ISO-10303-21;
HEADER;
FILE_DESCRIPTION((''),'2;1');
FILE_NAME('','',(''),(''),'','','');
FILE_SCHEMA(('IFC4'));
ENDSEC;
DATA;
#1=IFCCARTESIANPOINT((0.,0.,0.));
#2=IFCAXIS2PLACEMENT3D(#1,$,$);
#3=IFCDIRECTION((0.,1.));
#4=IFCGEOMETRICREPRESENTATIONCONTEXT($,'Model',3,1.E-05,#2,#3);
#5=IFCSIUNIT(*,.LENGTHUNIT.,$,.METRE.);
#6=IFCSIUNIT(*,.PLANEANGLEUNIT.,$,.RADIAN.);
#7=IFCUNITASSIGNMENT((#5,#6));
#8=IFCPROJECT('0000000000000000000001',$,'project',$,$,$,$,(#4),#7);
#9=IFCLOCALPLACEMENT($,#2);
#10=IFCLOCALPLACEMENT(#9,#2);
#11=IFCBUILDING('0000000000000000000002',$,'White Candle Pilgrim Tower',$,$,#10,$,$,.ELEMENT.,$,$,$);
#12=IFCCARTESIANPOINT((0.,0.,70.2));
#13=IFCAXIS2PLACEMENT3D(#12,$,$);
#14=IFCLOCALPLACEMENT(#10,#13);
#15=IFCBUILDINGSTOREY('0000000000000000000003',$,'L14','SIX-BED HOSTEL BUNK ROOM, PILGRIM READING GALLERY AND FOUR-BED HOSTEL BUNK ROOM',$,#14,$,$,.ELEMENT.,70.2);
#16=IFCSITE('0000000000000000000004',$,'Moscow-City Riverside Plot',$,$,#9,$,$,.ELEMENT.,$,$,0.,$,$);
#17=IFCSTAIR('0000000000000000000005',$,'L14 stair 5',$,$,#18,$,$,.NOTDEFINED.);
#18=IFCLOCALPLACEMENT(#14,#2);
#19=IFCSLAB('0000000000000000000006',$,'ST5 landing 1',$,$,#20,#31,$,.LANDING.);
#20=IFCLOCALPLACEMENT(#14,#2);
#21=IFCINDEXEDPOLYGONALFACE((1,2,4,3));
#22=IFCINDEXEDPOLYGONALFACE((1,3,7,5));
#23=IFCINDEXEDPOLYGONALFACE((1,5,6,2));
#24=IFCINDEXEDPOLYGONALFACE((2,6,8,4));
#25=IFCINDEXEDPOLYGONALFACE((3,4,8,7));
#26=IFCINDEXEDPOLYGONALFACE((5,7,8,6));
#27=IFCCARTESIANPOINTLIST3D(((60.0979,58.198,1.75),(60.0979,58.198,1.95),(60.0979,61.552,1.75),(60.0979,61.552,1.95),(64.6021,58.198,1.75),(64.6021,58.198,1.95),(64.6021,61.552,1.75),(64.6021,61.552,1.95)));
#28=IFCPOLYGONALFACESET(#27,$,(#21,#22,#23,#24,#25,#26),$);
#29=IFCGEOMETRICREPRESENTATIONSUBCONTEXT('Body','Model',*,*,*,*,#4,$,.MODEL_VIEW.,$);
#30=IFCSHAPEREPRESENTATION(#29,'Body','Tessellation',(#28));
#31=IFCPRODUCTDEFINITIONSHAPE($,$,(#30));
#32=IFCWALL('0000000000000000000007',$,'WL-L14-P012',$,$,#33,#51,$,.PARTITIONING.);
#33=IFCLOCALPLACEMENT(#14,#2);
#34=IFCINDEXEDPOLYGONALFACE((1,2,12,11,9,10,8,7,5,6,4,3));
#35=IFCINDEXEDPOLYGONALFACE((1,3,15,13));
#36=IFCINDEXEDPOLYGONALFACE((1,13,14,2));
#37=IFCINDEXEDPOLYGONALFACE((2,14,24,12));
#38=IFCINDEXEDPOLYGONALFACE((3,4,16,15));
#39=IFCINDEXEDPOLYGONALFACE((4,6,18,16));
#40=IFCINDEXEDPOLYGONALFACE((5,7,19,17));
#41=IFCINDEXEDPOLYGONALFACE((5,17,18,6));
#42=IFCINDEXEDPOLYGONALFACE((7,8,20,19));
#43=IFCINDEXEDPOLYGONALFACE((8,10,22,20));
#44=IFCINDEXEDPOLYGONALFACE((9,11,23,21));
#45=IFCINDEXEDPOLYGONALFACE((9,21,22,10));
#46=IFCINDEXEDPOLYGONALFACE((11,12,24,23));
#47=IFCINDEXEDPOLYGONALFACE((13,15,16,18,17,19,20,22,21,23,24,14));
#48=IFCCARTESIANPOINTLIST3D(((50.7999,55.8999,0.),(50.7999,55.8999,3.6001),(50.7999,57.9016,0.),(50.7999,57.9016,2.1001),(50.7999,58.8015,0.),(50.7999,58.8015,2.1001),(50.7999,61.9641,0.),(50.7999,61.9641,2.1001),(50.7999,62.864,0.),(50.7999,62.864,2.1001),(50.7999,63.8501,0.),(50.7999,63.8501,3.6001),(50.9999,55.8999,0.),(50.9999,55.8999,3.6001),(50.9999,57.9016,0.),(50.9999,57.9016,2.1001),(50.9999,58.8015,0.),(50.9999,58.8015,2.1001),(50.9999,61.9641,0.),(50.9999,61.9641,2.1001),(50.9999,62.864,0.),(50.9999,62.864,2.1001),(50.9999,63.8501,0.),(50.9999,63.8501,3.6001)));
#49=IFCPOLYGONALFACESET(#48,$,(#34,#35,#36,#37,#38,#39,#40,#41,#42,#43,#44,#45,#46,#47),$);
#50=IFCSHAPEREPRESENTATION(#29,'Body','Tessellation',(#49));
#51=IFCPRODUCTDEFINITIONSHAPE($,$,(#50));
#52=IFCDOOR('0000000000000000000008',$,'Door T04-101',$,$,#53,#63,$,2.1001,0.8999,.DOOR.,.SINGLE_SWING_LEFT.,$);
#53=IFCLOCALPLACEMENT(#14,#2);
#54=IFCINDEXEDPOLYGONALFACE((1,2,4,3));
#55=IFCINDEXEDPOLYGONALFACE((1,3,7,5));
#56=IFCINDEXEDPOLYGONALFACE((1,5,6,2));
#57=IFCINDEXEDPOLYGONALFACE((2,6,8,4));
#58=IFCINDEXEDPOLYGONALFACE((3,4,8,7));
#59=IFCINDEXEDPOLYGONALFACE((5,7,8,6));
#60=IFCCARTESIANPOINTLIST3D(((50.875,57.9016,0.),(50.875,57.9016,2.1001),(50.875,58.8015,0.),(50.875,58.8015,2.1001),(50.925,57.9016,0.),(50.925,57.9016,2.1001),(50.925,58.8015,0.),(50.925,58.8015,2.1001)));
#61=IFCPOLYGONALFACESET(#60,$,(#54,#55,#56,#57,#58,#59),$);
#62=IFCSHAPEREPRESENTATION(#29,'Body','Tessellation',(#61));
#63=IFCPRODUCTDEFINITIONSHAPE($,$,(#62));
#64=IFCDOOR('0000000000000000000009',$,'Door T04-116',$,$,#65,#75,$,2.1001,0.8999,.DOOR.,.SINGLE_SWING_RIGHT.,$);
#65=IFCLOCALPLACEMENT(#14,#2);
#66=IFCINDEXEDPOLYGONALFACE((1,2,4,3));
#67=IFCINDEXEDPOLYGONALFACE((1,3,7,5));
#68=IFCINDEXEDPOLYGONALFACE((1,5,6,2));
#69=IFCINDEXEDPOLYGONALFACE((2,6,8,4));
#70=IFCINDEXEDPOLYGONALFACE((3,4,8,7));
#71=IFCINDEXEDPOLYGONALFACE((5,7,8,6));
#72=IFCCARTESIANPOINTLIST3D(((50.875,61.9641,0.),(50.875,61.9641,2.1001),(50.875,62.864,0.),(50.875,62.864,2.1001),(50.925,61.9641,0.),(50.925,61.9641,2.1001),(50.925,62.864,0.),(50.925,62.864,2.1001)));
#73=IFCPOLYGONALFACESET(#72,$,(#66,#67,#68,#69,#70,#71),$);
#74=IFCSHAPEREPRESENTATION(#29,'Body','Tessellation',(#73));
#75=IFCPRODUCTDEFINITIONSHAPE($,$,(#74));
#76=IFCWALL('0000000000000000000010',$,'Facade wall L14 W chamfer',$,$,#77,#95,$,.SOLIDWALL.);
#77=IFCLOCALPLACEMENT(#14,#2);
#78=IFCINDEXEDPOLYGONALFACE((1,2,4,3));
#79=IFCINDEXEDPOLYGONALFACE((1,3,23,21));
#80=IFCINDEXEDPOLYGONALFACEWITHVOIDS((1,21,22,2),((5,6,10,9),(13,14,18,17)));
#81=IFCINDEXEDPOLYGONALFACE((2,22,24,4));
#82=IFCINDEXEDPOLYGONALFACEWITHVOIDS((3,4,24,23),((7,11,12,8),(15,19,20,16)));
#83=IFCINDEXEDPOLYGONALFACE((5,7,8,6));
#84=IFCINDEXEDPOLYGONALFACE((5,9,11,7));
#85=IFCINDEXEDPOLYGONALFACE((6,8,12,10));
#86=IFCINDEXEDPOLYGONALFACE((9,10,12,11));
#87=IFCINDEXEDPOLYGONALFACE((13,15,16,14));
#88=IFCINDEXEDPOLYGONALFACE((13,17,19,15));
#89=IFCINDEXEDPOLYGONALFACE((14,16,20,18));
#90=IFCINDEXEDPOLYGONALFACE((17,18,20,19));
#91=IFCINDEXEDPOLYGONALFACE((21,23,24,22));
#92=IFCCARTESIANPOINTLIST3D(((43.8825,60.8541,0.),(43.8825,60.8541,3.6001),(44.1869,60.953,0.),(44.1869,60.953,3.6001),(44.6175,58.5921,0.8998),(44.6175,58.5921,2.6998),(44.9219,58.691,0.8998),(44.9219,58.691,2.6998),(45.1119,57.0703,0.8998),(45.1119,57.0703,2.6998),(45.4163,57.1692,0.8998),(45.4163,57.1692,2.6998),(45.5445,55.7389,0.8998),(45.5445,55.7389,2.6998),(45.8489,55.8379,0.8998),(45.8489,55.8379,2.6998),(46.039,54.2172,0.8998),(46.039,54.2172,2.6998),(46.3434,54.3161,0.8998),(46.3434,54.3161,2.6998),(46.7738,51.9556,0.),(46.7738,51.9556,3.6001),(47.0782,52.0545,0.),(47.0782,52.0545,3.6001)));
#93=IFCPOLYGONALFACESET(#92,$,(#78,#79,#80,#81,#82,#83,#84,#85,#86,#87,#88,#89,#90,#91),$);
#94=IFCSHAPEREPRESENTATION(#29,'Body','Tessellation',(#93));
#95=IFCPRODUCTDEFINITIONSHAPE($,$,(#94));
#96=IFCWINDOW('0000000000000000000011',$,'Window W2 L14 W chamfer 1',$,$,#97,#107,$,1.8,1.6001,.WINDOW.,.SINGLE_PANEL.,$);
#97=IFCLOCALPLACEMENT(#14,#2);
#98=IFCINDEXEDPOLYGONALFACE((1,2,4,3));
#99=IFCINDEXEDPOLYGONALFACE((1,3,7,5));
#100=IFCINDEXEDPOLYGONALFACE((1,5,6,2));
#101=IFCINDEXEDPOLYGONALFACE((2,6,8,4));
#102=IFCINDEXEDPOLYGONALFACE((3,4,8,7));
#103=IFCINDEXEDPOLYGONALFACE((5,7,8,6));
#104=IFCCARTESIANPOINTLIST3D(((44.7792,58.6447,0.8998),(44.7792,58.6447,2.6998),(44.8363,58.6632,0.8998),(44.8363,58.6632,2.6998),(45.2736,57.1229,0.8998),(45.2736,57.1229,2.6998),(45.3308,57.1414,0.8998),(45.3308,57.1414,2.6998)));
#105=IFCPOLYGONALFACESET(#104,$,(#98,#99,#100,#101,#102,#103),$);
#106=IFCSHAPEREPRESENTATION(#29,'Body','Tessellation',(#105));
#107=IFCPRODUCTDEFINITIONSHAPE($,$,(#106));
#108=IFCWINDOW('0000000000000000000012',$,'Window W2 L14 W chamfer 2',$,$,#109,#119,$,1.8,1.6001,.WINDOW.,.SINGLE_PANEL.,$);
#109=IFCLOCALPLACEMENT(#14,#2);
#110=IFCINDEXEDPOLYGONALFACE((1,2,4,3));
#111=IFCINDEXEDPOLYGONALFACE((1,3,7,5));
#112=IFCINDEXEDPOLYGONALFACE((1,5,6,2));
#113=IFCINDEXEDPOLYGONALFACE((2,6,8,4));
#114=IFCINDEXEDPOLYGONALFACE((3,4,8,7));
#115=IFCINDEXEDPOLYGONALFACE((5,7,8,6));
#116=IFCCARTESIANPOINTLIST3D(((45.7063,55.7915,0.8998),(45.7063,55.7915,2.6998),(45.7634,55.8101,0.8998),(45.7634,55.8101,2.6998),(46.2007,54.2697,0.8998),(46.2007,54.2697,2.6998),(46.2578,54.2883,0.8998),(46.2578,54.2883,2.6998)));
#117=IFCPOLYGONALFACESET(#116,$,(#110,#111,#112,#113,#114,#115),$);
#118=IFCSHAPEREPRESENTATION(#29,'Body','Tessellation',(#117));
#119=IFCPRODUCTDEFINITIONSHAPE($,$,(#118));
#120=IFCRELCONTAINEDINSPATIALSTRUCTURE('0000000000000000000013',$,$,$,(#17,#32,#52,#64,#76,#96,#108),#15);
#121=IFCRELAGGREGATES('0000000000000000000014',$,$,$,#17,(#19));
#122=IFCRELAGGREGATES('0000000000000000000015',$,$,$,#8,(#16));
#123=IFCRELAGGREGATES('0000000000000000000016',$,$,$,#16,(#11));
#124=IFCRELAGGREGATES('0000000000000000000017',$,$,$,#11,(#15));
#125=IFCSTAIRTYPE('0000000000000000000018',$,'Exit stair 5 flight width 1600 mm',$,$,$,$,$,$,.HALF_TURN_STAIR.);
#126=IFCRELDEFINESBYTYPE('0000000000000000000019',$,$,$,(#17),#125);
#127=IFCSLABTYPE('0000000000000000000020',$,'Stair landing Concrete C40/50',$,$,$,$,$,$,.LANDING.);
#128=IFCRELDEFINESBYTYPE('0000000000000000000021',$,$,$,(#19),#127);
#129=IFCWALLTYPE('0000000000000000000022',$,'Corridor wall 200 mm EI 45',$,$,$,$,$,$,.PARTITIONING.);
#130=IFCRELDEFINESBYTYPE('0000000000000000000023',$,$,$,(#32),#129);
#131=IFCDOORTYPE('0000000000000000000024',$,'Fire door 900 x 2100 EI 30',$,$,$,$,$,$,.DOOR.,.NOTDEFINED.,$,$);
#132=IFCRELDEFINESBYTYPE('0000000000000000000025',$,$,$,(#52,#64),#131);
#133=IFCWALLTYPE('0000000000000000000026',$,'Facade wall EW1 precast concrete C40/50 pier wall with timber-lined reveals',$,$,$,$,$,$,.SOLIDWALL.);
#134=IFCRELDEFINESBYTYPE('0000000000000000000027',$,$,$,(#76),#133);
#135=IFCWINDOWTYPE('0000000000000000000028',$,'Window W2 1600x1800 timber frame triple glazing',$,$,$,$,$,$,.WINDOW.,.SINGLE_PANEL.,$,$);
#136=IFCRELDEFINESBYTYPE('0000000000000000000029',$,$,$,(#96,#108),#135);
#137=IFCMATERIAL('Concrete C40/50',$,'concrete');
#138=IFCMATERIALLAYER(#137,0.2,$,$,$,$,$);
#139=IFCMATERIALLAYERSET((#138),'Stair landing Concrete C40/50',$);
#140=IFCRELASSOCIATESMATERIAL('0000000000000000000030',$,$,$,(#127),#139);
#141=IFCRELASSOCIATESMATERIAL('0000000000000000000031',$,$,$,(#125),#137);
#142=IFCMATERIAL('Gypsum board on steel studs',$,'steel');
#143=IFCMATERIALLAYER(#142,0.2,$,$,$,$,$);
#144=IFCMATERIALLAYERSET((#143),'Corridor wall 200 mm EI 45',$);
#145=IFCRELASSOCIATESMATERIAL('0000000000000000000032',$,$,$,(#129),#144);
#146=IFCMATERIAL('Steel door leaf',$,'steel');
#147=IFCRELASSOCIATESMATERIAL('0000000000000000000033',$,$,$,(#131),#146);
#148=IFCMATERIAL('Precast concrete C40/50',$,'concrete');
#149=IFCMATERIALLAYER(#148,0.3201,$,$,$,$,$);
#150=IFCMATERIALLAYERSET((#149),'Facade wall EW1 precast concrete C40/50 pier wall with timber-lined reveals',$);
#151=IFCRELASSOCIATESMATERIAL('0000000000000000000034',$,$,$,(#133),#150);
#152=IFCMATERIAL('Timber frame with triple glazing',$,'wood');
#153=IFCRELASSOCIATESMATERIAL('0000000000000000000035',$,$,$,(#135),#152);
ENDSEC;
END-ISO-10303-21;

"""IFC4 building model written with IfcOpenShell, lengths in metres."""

from ifc_helpers import new_model, si_unit, direction, frame, frame_2d, origin, place, context, subcontext, project, spatial, polyline, rectangle, outline, extrude, material, layer, layer_set, type_object, element, fill, aggregate, save


model = new_model("IFC4")

# Units and contexts
model_context = context("Model", 3, precision=1e-05, world=origin(), true_north=direction((0.0, 1.0)))
body_context = subcontext(model_context, "Body", "Model", "MODEL_VIEW")
ifc_project = project(units=[si_unit("LENGTHUNIT", "METRE"), si_unit("PLANEANGLEUNIT", "RADIAN")], contexts=[model_context])

# Site, building, storey
site_placement = place(None, origin())
site = spatial("IfcSite", under=ifc_project, at=site_placement, Name="Moscow-City Riverside Plot", CompositionType="ELEMENT", RefElevation=0.0)
building_placement = place(site_placement, origin())
building = spatial("IfcBuilding", under=site, at=building_placement, Name="White Candle Pilgrim Tower", CompositionType="ELEMENT")
storey_placement = place(building_placement, frame((0.0, 0.0, 70.2)))
storey = spatial("IfcBuildingStorey", under=building, at=storey_placement, Name="L14", Description="SIX-BED HOSTEL BUNK ROOM, PILGRIM READING GALLERY AND FOUR-BED HOSTEL BUNK ROOM", CompositionType="ELEMENT", Elevation=70.2)

# Stair, slab
ifc_material_1 = material(Name="Concrete C40/50", Category="concrete")
ifc_layer_1 = layer(ifc_material_1, 0.2)
ifc_layer_set_1 = layer_set([ifc_layer_1], Name="Stair landing Concrete C40/50")
slab_type = type_object("IfcSlabType", Name="Stair landing Concrete C40/50", PredefinedType="LANDING", material=ifc_layer_set_1)
stair_type_1 = type_object("IfcStairType", Name="Exit stair 5 flight width 1600 mm", PredefinedType="HALF_TURN_STAIR", material=ifc_material_1)
stair_1_placement = place(storey_placement, origin())
stair_1 = element("IfcStair", 1, at=stair_1_placement, inside=storey, type_object=stair_type_1, Name="L14 stair 5", PredefinedType="NOTDEFINED")
slab_1_placement = place(storey_placement, frame((0.0, 0.0, 1.75)))
slab_1 = element("IfcSlab", 2, at=slab_1_placement, type_object=slab_type, Name="ST5 landing 1", PredefinedType="LANDING", context=body_context, shape_type="SweptSolid", body=[
    extrude(outline(polyline([(60.0979, 58.198), (60.0979, 61.552), (64.6021, 61.552), (64.6021, 58.198), (60.0979, 58.198)])), origin(), (0.0, 0.0, 1.0), 0.2),
])
aggregate(stair_1, [slab_1])

# Wall, openings, doors
ifc_material_2 = material(Name="Gypsum board on steel studs", Category="steel")
ifc_layer_2 = layer(ifc_material_2, 0.2)
ifc_layer_set_2 = layer_set([ifc_layer_2], Name="Corridor wall 200 mm EI 45")
wall_type_1 = type_object("IfcWallType", Name="Corridor wall 200 mm EI 45", PredefinedType="PARTITIONING", material=ifc_layer_set_2)
wall_1_placement = place(storey_placement, frame((50.8999, 55.8999, 0.0), z_axis=(0.0, 0.0, 1.0), x_axis=(0.0, 1.0, 0.0)))
wall_1 = element("IfcWall", 3, at=wall_1_placement, inside=storey, type_object=wall_type_1, Name="WL-L14-P012", PredefinedType="PARTITIONING", context=body_context, shape_type="SweptSolid", body=[
    extrude(rectangle(XDim=7.9502, YDim=0.2, at=frame_2d((3.9751, 0.0))), origin(), (0.0, 0.0, 1.0), 3.6001),
])
opening_1_placement = place(wall_1_placement, frame((2.0017, 0.0, 0.0)))
opening_1 = element("IfcOpeningElement", 4, at=opening_1_placement, cuts=wall_1, PredefinedType="OPENING", context=body_context, shape_type="SweptSolid", body=[
    extrude(rectangle(XDim=0.8999, YDim=2.1001, at=frame_2d((0.45, 1.05))), frame((0.0, 0.1099, 0.0), z_axis=(0.0, -1.0, 0.0), x_axis=(1.0, 0.0, 0.0)), (0.0, 0.0, 1.0), 0.22),
])
opening_2_placement = place(wall_1_placement, frame((6.0642, 0.0, 0.0)))
opening_2 = element("IfcOpeningElement", 5, at=opening_2_placement, cuts=wall_1, PredefinedType="OPENING", context=body_context, shape_type="SweptSolid", body=[
    extrude(rectangle(XDim=0.8999, YDim=2.1001, at=frame_2d((0.45, 1.05))), frame((0.0, 0.1099, 0.0), z_axis=(0.0, -1.0, 0.0), x_axis=(1.0, 0.0, 0.0)), (0.0, 0.0, 1.0), 0.22),
])
ifc_material_3 = material(Name="Steel door leaf", Category="steel")
door_type = type_object("IfcDoorType", Name="Fire door 900 x 2100 EI 30", OperationType="NOTDEFINED", PredefinedType="DOOR", material=ifc_material_3)
door_1_placement = place(opening_1_placement, origin())
door_1 = element("IfcDoor", 6, at=door_1_placement, inside=storey, type_object=door_type, Name="Door T04-101", OperationType="SINGLE_SWING_LEFT", OverallHeight=2.1001, OverallWidth=0.8999, PredefinedType="DOOR", context=body_context, shape_type="SweptSolid", body=[
    extrude(rectangle(XDim=0.8999, YDim=2.1001, at=frame_2d((0.45, 1.05))), frame((0.0, 0.0249, 0.0), z_axis=(0.0, -1.0, 0.0), x_axis=(1.0, 0.0, 0.0)), (0.0, 0.0, 1.0), 0.05),
])
fill(opening_1, door_1)
door_2_placement = place(opening_2_placement, origin())
door_2 = element("IfcDoor", 7, at=door_2_placement, inside=storey, type_object=door_type, Name="Door T04-116", OperationType="SINGLE_SWING_RIGHT", OverallHeight=2.1001, OverallWidth=0.8999, PredefinedType="DOOR", context=body_context, shape_type="SweptSolid", body=[
    extrude(rectangle(XDim=0.8999, YDim=2.1001, at=frame_2d((0.45, 1.05))), frame((0.0, 0.0249, 0.0), z_axis=(0.0, -1.0, 0.0), x_axis=(1.0, 0.0, 0.0)), (0.0, 0.0, 1.0), 0.05),
])
fill(opening_2, door_2)

# Wall, openings, windows
ifc_material_4 = material(Name="Precast concrete C40/50", Category="concrete")
ifc_layer_3 = layer(ifc_material_4, 0.3201)
ifc_layer_set_3 = layer_set([ifc_layer_3], Name="Facade wall EW1 precast concrete C40/50 pier wall with timber-lined reveals")
wall_type_2 = type_object("IfcWallType", Name="Facade wall EW1 precast concrete C40/50 pier wall with timber-lined reveals", PredefinedType="SOLIDWALL", material=ifc_layer_set_3)
wall_2_placement = place(storey_placement, frame((44.0347, 60.9036, 0.0), z_axis=(0.0, 0.0, 1.0), x_axis=(0.309025, -0.951054, 0.0)))
wall_2 = element("IfcWall", 8, at=wall_2_placement, inside=storey, type_object=wall_type_2, Name="Facade wall L14 W chamfer", PredefinedType="SOLIDWALL", context=body_context, shape_type="SweptSolid", body=[
    extrude(rectangle(XDim=9.3564, YDim=0.3201, at=frame_2d((4.6782, 0.0))), origin(), (0.0, 0.0, 1.0), 3.6001),
])
opening_3_placement = place(wall_2_placement, frame((2.3784, 0.0, 0.8999)))
opening_3 = element("IfcOpeningElement", 9, at=opening_3_placement, cuts=wall_2, PredefinedType="OPENING", context=body_context, shape_type="SweptSolid", body=[
    extrude(rectangle(XDim=1.6001, YDim=1.8, at=frame_2d((0.8, 0.8999))), frame((0.0, 0.1699, 0.0), z_axis=(0.0, -1.0, 0.0), x_axis=(1.0, 0.0, 0.0)), (0.0, 0.0, 1.0), 0.3401),
])
opening_4_placement = place(wall_2_placement, frame((5.3784, 0.0, 0.8999)))
opening_4 = element("IfcOpeningElement", 10, at=opening_4_placement, cuts=wall_2, PredefinedType="OPENING", context=body_context, shape_type="SweptSolid", body=[
    extrude(rectangle(XDim=1.6001, YDim=1.8, at=frame_2d((0.8, 0.8999))), frame((0.0, 0.1699, 0.0), z_axis=(0.0, -1.0, 0.0), x_axis=(1.0, 0.0, 0.0)), (0.0, 0.0, 1.0), 0.3401),
])
ifc_material_5 = material(Name="Timber frame with triple glazing", Category="wood")
window_type_1 = type_object("IfcWindowType", Name="Window W2 1600x1800 timber frame triple glazing", PartitioningType="SINGLE_PANEL", PredefinedType="WINDOW", material=ifc_material_5)
window_1_placement = place(opening_3_placement, origin())
window_1 = element("IfcWindow", 11, at=window_1_placement, inside=storey, type_object=window_type_1, Name="Window W2 L14 W chamfer 1", OverallHeight=1.8, OverallWidth=1.6001, PartitioningType="SINGLE_PANEL", PredefinedType="WINDOW", context=body_context, shape_type="SweptSolid", body=[
    extrude(rectangle(XDim=1.6001, YDim=1.8, at=frame_2d((0.8, 0.8999))), frame((0.0, 0.0701, 0.0), z_axis=(0.0, -1.0, 0.0), x_axis=(1.0, 0.0, 0.0)), (0.0, 0.0, 1.0), 0.0601),
])
fill(opening_3, window_1)
window_2_placement = place(opening_4_placement, origin())
window_2 = element("IfcWindow", 12, at=window_2_placement, inside=storey, type_object=window_type_1, Name="Window W2 L14 W chamfer 2", OverallHeight=1.8, OverallWidth=1.6001, PartitioningType="SINGLE_PANEL", PredefinedType="WINDOW", context=body_context, shape_type="SweptSolid", body=[
    extrude(rectangle(XDim=1.6001, YDim=1.8, at=frame_2d((0.8, 0.8999))), frame((0.0, 0.0701, 0.0), z_axis=(0.0, -1.0, 0.0), x_axis=(1.0, 0.0, 0.0)), (0.0, 0.0, 1.0), 0.0601),
])
fill(opening_4, window_2)

save(model, "model.ifc")
